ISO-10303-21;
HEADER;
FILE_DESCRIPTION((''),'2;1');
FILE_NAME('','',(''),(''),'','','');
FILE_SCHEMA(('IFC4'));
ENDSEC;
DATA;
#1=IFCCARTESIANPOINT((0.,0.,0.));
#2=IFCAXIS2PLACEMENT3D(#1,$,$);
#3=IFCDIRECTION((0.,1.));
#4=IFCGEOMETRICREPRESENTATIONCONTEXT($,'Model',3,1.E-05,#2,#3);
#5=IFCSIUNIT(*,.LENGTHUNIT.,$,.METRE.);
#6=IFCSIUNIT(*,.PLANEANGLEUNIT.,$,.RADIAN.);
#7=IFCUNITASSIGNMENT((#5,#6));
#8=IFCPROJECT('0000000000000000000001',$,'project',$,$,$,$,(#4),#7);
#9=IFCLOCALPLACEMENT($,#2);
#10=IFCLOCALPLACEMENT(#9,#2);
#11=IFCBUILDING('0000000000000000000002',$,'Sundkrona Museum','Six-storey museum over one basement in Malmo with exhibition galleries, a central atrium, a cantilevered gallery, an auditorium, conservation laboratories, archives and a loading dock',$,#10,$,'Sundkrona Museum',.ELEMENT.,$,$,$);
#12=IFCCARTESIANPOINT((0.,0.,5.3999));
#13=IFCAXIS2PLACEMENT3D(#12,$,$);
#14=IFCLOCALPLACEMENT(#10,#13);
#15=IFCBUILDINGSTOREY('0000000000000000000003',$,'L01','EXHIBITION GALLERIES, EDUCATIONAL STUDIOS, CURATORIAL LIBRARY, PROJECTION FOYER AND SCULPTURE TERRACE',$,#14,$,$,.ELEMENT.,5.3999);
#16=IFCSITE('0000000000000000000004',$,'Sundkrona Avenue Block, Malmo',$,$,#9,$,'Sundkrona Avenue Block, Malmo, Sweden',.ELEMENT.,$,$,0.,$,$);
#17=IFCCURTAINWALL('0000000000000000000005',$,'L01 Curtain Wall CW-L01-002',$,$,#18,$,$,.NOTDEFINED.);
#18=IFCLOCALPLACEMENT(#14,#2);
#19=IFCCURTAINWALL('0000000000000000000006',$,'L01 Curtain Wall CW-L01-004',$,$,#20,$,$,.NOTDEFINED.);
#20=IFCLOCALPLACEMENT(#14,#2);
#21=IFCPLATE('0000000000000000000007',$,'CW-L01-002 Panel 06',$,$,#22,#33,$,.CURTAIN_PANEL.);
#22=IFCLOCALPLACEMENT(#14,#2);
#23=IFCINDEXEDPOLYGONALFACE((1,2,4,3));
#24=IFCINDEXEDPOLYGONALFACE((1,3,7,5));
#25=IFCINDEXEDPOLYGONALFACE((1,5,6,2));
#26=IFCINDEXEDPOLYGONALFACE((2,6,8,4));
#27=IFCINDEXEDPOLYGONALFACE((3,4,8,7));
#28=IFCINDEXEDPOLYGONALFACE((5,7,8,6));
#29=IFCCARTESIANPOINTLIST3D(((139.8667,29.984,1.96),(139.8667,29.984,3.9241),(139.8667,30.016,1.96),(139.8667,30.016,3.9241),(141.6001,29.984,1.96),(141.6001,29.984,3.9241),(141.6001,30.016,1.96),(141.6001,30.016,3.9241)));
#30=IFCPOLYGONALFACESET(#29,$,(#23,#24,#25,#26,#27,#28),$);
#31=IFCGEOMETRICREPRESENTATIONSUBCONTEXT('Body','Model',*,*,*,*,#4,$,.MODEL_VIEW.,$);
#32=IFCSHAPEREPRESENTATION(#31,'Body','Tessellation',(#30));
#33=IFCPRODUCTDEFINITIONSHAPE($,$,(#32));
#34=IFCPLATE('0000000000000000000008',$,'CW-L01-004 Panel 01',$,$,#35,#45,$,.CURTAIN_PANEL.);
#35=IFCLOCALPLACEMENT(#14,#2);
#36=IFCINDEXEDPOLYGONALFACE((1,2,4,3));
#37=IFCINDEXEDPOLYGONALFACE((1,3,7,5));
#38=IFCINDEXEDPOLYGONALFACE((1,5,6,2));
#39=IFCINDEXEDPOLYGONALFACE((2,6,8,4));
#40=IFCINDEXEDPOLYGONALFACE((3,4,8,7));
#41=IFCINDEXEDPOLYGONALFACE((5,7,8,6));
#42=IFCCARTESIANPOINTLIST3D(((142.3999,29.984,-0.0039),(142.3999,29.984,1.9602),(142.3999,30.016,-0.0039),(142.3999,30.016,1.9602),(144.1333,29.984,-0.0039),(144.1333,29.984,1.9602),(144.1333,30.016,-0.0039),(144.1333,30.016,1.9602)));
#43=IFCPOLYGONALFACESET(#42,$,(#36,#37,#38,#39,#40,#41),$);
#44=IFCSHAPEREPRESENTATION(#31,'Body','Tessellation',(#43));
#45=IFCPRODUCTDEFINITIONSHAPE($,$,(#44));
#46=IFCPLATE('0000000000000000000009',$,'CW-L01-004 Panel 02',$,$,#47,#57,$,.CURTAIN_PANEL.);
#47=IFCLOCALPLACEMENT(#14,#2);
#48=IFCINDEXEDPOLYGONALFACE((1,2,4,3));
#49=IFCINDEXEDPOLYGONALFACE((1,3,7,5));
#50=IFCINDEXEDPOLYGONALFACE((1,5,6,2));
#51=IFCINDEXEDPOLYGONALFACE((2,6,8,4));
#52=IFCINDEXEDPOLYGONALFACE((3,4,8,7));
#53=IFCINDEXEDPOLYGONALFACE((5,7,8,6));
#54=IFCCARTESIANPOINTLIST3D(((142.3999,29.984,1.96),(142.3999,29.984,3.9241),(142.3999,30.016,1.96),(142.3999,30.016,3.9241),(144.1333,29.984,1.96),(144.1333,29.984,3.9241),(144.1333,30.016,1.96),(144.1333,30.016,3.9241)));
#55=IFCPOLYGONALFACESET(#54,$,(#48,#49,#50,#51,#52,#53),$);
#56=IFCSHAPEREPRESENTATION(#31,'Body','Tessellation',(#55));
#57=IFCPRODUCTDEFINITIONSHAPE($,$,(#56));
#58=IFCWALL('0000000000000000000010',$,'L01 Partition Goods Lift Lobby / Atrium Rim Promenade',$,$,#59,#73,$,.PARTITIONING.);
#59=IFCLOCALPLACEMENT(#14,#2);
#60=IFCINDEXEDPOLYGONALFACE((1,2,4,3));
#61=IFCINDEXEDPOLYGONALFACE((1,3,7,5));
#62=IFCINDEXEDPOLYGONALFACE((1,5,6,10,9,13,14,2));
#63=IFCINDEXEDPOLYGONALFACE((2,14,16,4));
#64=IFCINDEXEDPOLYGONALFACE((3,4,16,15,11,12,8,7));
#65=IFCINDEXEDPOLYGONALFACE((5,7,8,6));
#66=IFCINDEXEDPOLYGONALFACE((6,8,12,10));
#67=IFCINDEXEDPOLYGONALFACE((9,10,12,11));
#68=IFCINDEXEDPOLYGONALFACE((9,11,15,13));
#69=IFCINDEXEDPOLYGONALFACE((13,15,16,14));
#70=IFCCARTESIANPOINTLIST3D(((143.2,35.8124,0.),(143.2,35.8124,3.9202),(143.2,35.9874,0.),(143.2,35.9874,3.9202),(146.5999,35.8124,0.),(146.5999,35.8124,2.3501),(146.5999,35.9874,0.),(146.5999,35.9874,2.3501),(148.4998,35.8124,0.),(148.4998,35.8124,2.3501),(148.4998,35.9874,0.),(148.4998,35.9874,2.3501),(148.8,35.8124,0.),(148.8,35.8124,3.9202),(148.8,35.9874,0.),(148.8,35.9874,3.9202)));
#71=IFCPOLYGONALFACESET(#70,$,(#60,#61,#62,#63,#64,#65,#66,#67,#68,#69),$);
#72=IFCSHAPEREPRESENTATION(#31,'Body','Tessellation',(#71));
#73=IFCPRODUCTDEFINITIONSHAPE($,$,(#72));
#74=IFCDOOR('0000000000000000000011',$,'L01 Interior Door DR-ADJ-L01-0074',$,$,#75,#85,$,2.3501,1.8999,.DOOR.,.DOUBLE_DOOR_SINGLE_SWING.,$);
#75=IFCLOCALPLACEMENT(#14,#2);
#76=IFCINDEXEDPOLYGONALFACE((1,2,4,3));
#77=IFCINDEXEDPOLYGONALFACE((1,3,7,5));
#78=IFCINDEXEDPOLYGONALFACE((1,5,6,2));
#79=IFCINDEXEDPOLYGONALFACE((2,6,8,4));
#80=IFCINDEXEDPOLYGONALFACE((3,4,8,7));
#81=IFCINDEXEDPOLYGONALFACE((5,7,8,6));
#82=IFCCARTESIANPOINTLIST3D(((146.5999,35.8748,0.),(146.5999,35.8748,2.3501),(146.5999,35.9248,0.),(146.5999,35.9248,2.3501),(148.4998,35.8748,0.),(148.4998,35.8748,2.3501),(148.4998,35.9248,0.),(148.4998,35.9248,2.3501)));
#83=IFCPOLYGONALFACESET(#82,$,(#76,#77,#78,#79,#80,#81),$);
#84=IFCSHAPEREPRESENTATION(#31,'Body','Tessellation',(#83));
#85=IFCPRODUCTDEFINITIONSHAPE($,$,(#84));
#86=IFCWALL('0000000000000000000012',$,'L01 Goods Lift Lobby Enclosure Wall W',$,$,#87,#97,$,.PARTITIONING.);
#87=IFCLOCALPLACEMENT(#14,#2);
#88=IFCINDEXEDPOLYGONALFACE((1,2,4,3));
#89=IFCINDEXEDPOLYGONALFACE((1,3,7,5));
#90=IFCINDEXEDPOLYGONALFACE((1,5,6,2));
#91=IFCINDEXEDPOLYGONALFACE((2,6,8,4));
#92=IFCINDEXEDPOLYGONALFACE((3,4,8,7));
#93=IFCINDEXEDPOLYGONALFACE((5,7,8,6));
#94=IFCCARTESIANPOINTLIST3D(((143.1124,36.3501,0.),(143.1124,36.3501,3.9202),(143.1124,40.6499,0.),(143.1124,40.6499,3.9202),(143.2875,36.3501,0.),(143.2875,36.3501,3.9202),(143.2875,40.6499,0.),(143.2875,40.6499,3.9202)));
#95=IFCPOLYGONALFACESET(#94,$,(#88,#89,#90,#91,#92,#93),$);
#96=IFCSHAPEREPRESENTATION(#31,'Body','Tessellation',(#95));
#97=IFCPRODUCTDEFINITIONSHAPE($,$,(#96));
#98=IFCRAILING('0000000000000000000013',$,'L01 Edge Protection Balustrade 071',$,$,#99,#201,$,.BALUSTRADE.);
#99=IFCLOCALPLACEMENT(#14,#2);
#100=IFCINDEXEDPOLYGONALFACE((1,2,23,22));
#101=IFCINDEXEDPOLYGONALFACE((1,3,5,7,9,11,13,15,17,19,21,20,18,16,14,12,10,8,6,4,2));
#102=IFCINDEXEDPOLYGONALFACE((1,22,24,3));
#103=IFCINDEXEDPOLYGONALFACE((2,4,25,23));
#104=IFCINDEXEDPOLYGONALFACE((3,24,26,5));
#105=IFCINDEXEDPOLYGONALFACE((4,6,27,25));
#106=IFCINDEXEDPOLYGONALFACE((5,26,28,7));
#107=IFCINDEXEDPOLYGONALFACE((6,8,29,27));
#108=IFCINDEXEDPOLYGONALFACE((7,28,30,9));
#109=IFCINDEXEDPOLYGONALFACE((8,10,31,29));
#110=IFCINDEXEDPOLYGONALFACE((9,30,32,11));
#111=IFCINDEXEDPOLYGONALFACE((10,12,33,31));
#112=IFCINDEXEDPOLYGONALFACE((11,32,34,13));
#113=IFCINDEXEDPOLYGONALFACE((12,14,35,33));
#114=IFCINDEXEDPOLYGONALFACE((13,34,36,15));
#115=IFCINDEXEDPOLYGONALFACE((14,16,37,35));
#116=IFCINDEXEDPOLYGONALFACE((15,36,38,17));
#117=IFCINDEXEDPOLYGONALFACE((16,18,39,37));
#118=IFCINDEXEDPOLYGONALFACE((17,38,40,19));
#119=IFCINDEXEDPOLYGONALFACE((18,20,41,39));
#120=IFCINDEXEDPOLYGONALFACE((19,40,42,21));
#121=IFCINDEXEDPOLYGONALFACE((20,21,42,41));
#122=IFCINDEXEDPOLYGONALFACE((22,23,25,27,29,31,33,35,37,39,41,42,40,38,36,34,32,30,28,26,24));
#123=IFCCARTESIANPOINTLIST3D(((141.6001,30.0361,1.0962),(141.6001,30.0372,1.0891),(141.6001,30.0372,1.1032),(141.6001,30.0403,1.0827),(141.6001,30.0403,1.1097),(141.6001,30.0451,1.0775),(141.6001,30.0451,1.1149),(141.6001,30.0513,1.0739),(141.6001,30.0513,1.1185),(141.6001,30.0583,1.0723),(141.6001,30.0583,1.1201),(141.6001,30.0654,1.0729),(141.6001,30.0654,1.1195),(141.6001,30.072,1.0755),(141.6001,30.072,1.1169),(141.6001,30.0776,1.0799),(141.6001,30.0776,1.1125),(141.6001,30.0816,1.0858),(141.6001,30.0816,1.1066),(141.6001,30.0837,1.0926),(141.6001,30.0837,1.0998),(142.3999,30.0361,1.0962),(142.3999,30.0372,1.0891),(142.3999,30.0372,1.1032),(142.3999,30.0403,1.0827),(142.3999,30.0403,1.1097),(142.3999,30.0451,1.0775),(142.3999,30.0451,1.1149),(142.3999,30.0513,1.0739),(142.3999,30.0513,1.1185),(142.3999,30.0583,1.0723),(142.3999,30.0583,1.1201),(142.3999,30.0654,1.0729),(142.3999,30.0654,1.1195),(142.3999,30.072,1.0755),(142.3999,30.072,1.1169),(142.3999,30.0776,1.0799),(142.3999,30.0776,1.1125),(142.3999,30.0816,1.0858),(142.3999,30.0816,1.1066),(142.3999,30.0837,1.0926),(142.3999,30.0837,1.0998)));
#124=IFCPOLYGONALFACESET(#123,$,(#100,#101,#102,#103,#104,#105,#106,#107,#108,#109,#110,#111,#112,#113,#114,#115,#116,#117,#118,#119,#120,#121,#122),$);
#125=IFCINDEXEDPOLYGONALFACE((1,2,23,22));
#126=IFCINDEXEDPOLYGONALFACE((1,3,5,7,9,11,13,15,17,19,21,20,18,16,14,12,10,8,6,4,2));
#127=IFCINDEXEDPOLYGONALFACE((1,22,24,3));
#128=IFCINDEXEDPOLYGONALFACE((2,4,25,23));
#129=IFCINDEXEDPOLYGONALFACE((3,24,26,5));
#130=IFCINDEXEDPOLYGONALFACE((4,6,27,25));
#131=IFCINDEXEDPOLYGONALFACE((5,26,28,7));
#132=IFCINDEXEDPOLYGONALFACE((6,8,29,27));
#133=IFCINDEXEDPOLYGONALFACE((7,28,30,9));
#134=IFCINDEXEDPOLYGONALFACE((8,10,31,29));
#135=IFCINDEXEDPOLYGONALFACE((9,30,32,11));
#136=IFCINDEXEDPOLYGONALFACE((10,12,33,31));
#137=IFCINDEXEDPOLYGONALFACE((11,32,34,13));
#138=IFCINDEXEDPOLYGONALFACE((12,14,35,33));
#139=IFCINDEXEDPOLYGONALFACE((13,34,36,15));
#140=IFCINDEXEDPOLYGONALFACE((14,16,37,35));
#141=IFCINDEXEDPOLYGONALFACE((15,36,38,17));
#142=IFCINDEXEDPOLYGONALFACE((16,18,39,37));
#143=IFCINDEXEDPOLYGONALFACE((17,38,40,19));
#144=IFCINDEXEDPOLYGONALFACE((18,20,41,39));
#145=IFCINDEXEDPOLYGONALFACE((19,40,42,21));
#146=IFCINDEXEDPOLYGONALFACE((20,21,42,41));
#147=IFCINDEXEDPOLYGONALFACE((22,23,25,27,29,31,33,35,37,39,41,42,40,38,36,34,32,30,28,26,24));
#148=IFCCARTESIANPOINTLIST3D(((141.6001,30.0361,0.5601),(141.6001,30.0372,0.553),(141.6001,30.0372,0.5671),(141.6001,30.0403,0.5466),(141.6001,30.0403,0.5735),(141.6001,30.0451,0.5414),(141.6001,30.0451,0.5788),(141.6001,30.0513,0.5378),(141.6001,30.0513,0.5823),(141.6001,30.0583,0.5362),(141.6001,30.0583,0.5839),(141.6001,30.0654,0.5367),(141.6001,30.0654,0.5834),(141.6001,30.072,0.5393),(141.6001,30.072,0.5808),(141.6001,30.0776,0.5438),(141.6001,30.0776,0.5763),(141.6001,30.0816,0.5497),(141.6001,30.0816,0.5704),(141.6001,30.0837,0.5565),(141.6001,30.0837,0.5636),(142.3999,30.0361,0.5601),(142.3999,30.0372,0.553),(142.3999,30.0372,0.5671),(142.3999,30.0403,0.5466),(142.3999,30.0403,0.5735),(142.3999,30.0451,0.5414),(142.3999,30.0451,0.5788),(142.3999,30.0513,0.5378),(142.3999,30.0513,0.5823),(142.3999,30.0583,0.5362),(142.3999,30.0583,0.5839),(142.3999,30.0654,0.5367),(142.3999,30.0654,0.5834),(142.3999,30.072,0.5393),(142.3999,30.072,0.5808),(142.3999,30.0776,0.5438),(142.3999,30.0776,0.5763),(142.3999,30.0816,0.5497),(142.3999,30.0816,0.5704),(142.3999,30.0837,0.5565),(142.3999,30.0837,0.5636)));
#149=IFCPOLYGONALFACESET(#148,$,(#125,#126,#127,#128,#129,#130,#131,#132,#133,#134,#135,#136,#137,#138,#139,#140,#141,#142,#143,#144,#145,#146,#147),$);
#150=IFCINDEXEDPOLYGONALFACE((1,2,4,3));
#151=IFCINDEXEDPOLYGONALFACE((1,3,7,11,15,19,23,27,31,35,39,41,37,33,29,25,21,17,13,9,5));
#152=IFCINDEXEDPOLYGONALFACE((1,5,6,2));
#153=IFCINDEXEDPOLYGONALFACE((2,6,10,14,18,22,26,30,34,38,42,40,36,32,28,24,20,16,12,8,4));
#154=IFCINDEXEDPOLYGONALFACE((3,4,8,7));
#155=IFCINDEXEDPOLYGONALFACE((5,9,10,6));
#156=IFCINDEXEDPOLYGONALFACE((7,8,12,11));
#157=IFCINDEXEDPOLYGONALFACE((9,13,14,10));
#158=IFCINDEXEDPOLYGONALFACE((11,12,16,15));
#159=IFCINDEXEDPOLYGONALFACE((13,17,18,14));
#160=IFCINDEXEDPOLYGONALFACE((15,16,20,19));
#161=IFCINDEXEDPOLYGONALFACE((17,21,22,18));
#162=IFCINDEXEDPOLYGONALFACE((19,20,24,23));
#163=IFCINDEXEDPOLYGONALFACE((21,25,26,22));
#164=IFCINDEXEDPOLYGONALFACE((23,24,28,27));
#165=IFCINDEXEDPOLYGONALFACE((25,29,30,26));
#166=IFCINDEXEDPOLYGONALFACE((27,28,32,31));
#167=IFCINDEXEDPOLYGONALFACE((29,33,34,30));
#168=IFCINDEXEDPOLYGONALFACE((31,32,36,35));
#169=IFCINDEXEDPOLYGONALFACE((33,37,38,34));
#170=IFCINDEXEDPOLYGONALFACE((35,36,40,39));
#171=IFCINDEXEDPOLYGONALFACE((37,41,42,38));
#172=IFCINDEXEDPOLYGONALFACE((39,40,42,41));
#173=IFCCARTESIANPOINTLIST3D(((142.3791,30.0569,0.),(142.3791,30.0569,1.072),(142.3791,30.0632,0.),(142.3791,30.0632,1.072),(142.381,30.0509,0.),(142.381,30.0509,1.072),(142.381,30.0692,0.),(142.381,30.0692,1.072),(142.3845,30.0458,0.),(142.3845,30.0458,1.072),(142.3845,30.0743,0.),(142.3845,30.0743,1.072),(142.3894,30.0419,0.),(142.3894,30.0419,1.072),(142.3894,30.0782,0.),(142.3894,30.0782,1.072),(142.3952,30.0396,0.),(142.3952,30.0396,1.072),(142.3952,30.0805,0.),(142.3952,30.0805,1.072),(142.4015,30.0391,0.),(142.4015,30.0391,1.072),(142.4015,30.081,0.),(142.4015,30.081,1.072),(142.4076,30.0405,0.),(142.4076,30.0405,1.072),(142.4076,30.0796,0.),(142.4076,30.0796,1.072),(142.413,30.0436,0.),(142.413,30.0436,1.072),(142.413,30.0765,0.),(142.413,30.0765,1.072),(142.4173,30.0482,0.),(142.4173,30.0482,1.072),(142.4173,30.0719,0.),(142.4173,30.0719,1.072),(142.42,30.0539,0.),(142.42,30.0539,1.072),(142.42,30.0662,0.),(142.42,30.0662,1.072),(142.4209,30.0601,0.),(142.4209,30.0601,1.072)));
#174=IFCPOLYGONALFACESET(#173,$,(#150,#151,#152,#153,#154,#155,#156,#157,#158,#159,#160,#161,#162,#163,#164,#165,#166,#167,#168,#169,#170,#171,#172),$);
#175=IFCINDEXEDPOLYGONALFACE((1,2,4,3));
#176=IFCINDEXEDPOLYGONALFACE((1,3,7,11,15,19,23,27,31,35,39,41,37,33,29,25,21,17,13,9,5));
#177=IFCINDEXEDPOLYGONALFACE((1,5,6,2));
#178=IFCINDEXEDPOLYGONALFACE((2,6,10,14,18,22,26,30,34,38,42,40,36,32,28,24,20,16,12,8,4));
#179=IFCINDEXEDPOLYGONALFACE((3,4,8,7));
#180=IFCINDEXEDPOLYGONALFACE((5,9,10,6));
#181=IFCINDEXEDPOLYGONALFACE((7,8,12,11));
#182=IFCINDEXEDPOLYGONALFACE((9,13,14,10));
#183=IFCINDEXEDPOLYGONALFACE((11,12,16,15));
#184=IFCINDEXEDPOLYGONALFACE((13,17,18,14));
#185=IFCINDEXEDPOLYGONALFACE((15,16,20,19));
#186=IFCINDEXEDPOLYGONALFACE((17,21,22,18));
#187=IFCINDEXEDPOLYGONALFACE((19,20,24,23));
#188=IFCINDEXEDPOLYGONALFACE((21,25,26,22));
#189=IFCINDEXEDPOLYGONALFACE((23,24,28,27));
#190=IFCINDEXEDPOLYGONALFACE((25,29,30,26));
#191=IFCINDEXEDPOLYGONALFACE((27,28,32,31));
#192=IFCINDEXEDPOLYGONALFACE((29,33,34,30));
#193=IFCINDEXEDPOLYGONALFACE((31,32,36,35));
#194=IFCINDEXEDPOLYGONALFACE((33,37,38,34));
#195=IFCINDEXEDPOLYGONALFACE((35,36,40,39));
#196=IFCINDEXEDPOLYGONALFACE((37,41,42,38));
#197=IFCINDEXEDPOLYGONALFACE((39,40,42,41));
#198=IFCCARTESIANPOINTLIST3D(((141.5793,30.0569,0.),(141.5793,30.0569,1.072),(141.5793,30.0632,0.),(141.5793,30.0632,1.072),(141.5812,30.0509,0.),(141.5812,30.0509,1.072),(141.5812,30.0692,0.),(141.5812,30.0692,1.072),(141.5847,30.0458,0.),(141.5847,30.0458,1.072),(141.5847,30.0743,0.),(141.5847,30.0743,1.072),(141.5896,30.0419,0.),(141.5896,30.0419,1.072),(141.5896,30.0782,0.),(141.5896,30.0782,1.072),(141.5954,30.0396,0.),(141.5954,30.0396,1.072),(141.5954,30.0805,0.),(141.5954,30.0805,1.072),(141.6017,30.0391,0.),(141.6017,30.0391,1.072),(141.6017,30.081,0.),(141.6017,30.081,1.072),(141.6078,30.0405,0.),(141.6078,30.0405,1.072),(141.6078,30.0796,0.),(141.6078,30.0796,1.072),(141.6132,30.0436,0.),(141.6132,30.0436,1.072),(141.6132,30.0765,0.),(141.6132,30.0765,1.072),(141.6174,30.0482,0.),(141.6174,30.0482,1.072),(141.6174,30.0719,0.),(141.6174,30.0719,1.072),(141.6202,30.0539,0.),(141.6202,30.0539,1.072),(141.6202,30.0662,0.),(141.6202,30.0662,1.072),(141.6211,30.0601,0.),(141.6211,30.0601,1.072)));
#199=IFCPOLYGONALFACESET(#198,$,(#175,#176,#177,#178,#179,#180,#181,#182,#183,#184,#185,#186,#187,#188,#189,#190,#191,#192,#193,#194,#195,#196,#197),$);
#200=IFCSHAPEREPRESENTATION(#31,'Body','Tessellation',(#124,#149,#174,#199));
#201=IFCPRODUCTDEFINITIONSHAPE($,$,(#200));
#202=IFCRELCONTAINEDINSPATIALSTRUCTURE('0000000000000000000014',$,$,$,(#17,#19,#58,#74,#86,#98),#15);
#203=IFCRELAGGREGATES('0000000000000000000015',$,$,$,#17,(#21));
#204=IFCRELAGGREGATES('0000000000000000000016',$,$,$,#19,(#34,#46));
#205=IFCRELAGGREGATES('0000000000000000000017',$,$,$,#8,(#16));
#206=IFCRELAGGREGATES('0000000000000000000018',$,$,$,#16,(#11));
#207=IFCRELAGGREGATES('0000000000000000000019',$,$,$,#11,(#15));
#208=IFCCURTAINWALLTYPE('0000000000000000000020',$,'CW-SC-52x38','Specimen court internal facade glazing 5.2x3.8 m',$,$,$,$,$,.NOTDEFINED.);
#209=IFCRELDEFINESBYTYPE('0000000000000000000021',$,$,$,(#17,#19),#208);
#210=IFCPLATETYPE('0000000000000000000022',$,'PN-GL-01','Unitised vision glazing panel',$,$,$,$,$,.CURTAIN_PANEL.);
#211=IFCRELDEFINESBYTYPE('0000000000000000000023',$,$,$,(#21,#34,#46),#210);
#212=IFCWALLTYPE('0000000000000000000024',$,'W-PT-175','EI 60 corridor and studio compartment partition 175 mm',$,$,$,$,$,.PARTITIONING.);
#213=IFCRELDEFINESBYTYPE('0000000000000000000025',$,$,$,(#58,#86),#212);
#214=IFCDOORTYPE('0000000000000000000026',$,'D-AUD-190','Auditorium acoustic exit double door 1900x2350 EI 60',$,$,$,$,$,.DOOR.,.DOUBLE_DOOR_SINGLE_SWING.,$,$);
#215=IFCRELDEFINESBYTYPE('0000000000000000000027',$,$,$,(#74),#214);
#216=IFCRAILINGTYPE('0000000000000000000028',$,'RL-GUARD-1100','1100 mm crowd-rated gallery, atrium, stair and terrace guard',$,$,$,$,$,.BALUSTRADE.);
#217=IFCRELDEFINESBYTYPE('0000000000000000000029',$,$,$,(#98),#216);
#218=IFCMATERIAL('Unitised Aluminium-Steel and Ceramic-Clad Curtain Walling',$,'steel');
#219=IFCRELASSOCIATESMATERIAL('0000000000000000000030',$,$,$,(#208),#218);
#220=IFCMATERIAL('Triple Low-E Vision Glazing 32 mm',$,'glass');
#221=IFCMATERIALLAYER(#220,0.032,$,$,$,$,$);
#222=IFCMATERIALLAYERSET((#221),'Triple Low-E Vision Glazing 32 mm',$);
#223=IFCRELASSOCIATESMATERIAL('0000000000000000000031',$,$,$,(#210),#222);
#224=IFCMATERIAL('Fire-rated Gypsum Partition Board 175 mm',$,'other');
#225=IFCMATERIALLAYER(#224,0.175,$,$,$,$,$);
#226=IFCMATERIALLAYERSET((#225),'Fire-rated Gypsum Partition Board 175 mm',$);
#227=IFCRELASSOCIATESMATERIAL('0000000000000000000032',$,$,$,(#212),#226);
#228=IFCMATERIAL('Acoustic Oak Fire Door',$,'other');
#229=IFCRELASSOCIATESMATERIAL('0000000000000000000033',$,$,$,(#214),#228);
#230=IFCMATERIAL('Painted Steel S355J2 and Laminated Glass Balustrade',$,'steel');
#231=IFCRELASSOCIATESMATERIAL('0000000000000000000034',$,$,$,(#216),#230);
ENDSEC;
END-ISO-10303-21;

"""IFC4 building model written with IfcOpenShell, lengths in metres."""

from ifc_helpers import new_model, si_unit, direction, frame, frame_2d, origin, origin_2d, place, context, subcontext, project, spatial, rectangle, circle, extrude, material, layer, layer_set, type_object, element, fill, aggregate, save


model = new_model("IFC4")

# Units and contexts
model_context = context("Model", 3, precision=1e-05, world=origin(), true_north=direction((0.0, 1.0)))
body_context = subcontext(model_context, "Body", "Model", "MODEL_VIEW")
ifc_project = project(units=[si_unit("LENGTHUNIT", "METRE"), si_unit("PLANEANGLEUNIT", "RADIAN")], contexts=[model_context])

# Site, building, storey
site_placement = place(None, origin())
site = spatial("IfcSite", under=ifc_project, at=site_placement, Name="Sundkrona Avenue Block, Malmo", LongName="Sundkrona Avenue Block, Malmo, Sweden", CompositionType="ELEMENT", RefElevation=0.0)
building_placement = place(site_placement, origin())
building = spatial("IfcBuilding", under=site, at=building_placement, Name="Sundkrona Museum", Description="Six-storey museum over one basement in Malmo with exhibition galleries, a central atrium, a cantilevered gallery, an auditorium, conservation laboratories, archives and a loading dock", LongName="Sundkrona Museum", CompositionType="ELEMENT")
storey_placement = place(building_placement, frame((0.0, 0.0, 5.3999)))
storey = spatial("IfcBuildingStorey", under=building, at=storey_placement, Name="L01", Description="EXHIBITION GALLERIES, EDUCATIONAL STUDIOS, CURATORIAL LIBRARY, PROJECTION FOYER AND SCULPTURE TERRACE", CompositionType="ELEMENT", Elevation=5.3999)

# Curtain wall
ifc_material_1 = material(Name="Unitised Aluminium-Steel and Ceramic-Clad Curtain Walling", Category="steel")
curtain_wall_type = type_object("IfcCurtainWallType", Name="CW-SC-52x38", Description="Specimen court internal facade glazing 5.2x3.8 m", PredefinedType="NOTDEFINED", material=ifc_material_1)
curtain_wall_1_placement = place(storey_placement, origin())
curtain_wall_1 = element("IfcCurtainWall", 1, at=curtain_wall_1_placement, inside=storey, type_object=curtain_wall_type, Name="L01 Curtain Wall CW-L01-002", PredefinedType="NOTDEFINED")

# Curtain wall
curtain_wall_2_placement = place(storey_placement, origin())
curtain_wall_2 = element("IfcCurtainWall", 2, at=curtain_wall_2_placement, inside=storey, type_object=curtain_wall_type, Name="L01 Curtain Wall CW-L01-004", PredefinedType="NOTDEFINED")

# Plates
ifc_material_2 = material(Name="Triple Low-E Vision Glazing 32 mm", Category="glass")
ifc_layer_1 = layer(ifc_material_2, 0.032)
ifc_layer_set_1 = layer_set([ifc_layer_1], Name="Triple Low-E Vision Glazing 32 mm")
plate_type = type_object("IfcPlateType", Name="PN-GL-01", Description="Unitised vision glazing panel", PredefinedType="CURTAIN_PANEL", material=ifc_layer_set_1)
plate_1_placement = place(storey_placement, frame((140.7334, 30.0, 1.96), z_axis=(0.0, 0.0, 1.0), x_axis=(1.0, 0.0, 0.0)))
plate_1 = element("IfcPlate", 3, at=plate_1_placement, type_object=plate_type, Name="CW-L01-002 Panel 06", PredefinedType="CURTAIN_PANEL", context=body_context, shape_type="SweptSolid", body=[
    extrude(rectangle(XDim=1.7334, YDim=0.032, at=origin_2d()), origin(), (0.0, 0.0, 1.0), 1.9641),
])
aggregate(curtain_wall_1, [plate_1])
plate_2_placement = place(storey_placement, frame((143.2666, 30.0, -0.0039), z_axis=(0.0, 0.0, 1.0), x_axis=(1.0, 0.0, 0.0)))
plate_2 = element("IfcPlate", 4, at=plate_2_placement, type_object=plate_type, Name="CW-L01-004 Panel 01", PredefinedType="CURTAIN_PANEL", context=body_context, shape_type="SweptSolid", body=[
    extrude(rectangle(XDim=1.7334, YDim=0.032, at=origin_2d()), origin(), (0.0, 0.0, 1.0), 1.9641),
])
plate_3_placement = place(storey_placement, frame((143.2666, 30.0, 1.96), z_axis=(0.0, 0.0, 1.0), x_axis=(1.0, 0.0, 0.0)))
plate_3 = element("IfcPlate", 5, at=plate_3_placement, type_object=plate_type, Name="CW-L01-004 Panel 02", PredefinedType="CURTAIN_PANEL", context=body_context, shape_type="SweptSolid", body=[
    extrude(rectangle(XDim=1.7334, YDim=0.032, at=origin_2d()), origin(), (0.0, 0.0, 1.0), 1.9641),
])
aggregate(curtain_wall_2, [plate_2, plate_3])

# Wall, opening, door
ifc_material_3 = material(Name="Fire-rated Gypsum Partition Board 175 mm", Category="other")
ifc_layer_2 = layer(ifc_material_3, 0.175)
ifc_layer_set_2 = layer_set([ifc_layer_2], Name="Fire-rated Gypsum Partition Board 175 mm")
wall_type = type_object("IfcWallType", Name="W-PT-175", Description="EI 60 corridor and studio compartment partition 175 mm", PredefinedType="PARTITIONING", material=ifc_layer_set_2)
wall_1_placement = place(storey_placement, frame((143.2, 35.8999, 0.0), z_axis=(0.0, 0.0, 1.0), x_axis=(1.0, 0.0, 0.0)))
wall_1 = element("IfcWall", 6, at=wall_1_placement, inside=storey, type_object=wall_type, Name="L01 Partition Goods Lift Lobby / Atrium Rim Promenade", PredefinedType="PARTITIONING", context=body_context, shape_type="SweptSolid", body=[
    extrude(rectangle(XDim=5.6001, YDim=0.175, at=frame_2d((2.8, 0.0))), origin(), (0.0, 0.0, 1.0), 3.9202),
])
opening_placement = place(wall_1_placement, frame((3.3999, 0.0, 0.0)))
opening = element("IfcOpeningElement", 7, at=opening_placement, cuts=wall_1, PredefinedType="OPENING", context=body_context, shape_type="SweptSolid", body=[
    extrude(rectangle(XDim=1.8999, YDim=2.3501, at=frame_2d((0.95, 1.175))), frame((0.0, 0.0974, 0.0), z_axis=(0.0, -1.0, 0.0), x_axis=(1.0, 0.0, 0.0)), (0.0, 0.0, 1.0), 0.1951),
])
ifc_material_4 = material(Name="Acoustic Oak Fire Door", Category="other")
door_type = type_object("IfcDoorType", Name="D-AUD-190", Description="Auditorium acoustic exit double door 1900x2350 EI 60", OperationType="DOUBLE_DOOR_SINGLE_SWING", PredefinedType="DOOR", material=ifc_material_4)
door_placement = place(opening_placement, origin())
door = element("IfcDoor", 8, at=door_placement, inside=storey, type_object=door_type, Name="L01 Interior Door DR-ADJ-L01-0074", OperationType="DOUBLE_DOOR_SINGLE_SWING", OverallHeight=2.3501, OverallWidth=1.8999, PredefinedType="DOOR", context=body_context, shape_type="SweptSolid", body=[
    extrude(rectangle(XDim=1.8999, YDim=2.3501, at=frame_2d((0.95, 1.175))), frame((0.0, 0.0249, 0.0), z_axis=(0.0, -1.0, 0.0), x_axis=(1.0, 0.0, 0.0)), (0.0, 0.0, 1.0), 0.05),
])
fill(opening, door)

# Wall
wall_2_placement = place(storey_placement, frame((143.2, 36.3501, 0.0), z_axis=(0.0, 0.0, 1.0), x_axis=(0.0, 1.0, 0.0)))
element("IfcWall", 9, at=wall_2_placement, inside=storey, type_object=wall_type, Name="L01 Goods Lift Lobby Enclosure Wall W", PredefinedType="PARTITIONING", context=body_context, shape_type="SweptSolid", body=[
    extrude(rectangle(XDim=4.2998, YDim=0.175, at=frame_2d((2.1499, 0.0))), origin(), (0.0, 0.0, 1.0), 3.9202),
])

# Railing
ifc_material_5 = material(Name="Painted Steel S355J2 and Laminated Glass Balustrade", Category="steel")
railing_type = type_object("IfcRailingType", Name="RL-GUARD-1100", Description="1100 mm crowd-rated gallery, atrium, stair and terrace guard", PredefinedType="BALUSTRADE", material=ifc_material_5)
railing_placement = place(storey_placement, frame((142.3999, 30.0601, 0.0)))
element("IfcRailing", 10, at=railing_placement, inside=storey, type_object=railing_type, Name="L01 Edge Protection Balustrade 071", PredefinedType="BALUSTRADE", context=body_context, shape_type="SweptSolid", body=[
    extrude(circle(Radius=0.0239, at=origin_2d()), frame((0.0, 0.0, 1.0962), z_axis=(-1.0, 0.0, 0.0), x_axis=(0.0, -1.0, 0.0)), (0.0, 0.0, 1.0), 0.7998),
    extrude(circle(Radius=0.0239, at=origin_2d()), frame((0.0, 0.0, 0.5601), z_axis=(-1.0, 0.0, 0.0), x_axis=(0.0, -1.0, 0.0)), (0.0, 0.0, 1.0), 0.7998),
    extrude(circle(Radius=0.021, at=origin_2d()), origin(), (0.0, 0.0, 1.0), 1.072),
    extrude(circle(Radius=0.021, at=origin_2d()), frame((-0.7998, 0.0, 0.0)), (0.0, 0.0, 1.0), 1.072),
])

save(model, "model.ifc")
